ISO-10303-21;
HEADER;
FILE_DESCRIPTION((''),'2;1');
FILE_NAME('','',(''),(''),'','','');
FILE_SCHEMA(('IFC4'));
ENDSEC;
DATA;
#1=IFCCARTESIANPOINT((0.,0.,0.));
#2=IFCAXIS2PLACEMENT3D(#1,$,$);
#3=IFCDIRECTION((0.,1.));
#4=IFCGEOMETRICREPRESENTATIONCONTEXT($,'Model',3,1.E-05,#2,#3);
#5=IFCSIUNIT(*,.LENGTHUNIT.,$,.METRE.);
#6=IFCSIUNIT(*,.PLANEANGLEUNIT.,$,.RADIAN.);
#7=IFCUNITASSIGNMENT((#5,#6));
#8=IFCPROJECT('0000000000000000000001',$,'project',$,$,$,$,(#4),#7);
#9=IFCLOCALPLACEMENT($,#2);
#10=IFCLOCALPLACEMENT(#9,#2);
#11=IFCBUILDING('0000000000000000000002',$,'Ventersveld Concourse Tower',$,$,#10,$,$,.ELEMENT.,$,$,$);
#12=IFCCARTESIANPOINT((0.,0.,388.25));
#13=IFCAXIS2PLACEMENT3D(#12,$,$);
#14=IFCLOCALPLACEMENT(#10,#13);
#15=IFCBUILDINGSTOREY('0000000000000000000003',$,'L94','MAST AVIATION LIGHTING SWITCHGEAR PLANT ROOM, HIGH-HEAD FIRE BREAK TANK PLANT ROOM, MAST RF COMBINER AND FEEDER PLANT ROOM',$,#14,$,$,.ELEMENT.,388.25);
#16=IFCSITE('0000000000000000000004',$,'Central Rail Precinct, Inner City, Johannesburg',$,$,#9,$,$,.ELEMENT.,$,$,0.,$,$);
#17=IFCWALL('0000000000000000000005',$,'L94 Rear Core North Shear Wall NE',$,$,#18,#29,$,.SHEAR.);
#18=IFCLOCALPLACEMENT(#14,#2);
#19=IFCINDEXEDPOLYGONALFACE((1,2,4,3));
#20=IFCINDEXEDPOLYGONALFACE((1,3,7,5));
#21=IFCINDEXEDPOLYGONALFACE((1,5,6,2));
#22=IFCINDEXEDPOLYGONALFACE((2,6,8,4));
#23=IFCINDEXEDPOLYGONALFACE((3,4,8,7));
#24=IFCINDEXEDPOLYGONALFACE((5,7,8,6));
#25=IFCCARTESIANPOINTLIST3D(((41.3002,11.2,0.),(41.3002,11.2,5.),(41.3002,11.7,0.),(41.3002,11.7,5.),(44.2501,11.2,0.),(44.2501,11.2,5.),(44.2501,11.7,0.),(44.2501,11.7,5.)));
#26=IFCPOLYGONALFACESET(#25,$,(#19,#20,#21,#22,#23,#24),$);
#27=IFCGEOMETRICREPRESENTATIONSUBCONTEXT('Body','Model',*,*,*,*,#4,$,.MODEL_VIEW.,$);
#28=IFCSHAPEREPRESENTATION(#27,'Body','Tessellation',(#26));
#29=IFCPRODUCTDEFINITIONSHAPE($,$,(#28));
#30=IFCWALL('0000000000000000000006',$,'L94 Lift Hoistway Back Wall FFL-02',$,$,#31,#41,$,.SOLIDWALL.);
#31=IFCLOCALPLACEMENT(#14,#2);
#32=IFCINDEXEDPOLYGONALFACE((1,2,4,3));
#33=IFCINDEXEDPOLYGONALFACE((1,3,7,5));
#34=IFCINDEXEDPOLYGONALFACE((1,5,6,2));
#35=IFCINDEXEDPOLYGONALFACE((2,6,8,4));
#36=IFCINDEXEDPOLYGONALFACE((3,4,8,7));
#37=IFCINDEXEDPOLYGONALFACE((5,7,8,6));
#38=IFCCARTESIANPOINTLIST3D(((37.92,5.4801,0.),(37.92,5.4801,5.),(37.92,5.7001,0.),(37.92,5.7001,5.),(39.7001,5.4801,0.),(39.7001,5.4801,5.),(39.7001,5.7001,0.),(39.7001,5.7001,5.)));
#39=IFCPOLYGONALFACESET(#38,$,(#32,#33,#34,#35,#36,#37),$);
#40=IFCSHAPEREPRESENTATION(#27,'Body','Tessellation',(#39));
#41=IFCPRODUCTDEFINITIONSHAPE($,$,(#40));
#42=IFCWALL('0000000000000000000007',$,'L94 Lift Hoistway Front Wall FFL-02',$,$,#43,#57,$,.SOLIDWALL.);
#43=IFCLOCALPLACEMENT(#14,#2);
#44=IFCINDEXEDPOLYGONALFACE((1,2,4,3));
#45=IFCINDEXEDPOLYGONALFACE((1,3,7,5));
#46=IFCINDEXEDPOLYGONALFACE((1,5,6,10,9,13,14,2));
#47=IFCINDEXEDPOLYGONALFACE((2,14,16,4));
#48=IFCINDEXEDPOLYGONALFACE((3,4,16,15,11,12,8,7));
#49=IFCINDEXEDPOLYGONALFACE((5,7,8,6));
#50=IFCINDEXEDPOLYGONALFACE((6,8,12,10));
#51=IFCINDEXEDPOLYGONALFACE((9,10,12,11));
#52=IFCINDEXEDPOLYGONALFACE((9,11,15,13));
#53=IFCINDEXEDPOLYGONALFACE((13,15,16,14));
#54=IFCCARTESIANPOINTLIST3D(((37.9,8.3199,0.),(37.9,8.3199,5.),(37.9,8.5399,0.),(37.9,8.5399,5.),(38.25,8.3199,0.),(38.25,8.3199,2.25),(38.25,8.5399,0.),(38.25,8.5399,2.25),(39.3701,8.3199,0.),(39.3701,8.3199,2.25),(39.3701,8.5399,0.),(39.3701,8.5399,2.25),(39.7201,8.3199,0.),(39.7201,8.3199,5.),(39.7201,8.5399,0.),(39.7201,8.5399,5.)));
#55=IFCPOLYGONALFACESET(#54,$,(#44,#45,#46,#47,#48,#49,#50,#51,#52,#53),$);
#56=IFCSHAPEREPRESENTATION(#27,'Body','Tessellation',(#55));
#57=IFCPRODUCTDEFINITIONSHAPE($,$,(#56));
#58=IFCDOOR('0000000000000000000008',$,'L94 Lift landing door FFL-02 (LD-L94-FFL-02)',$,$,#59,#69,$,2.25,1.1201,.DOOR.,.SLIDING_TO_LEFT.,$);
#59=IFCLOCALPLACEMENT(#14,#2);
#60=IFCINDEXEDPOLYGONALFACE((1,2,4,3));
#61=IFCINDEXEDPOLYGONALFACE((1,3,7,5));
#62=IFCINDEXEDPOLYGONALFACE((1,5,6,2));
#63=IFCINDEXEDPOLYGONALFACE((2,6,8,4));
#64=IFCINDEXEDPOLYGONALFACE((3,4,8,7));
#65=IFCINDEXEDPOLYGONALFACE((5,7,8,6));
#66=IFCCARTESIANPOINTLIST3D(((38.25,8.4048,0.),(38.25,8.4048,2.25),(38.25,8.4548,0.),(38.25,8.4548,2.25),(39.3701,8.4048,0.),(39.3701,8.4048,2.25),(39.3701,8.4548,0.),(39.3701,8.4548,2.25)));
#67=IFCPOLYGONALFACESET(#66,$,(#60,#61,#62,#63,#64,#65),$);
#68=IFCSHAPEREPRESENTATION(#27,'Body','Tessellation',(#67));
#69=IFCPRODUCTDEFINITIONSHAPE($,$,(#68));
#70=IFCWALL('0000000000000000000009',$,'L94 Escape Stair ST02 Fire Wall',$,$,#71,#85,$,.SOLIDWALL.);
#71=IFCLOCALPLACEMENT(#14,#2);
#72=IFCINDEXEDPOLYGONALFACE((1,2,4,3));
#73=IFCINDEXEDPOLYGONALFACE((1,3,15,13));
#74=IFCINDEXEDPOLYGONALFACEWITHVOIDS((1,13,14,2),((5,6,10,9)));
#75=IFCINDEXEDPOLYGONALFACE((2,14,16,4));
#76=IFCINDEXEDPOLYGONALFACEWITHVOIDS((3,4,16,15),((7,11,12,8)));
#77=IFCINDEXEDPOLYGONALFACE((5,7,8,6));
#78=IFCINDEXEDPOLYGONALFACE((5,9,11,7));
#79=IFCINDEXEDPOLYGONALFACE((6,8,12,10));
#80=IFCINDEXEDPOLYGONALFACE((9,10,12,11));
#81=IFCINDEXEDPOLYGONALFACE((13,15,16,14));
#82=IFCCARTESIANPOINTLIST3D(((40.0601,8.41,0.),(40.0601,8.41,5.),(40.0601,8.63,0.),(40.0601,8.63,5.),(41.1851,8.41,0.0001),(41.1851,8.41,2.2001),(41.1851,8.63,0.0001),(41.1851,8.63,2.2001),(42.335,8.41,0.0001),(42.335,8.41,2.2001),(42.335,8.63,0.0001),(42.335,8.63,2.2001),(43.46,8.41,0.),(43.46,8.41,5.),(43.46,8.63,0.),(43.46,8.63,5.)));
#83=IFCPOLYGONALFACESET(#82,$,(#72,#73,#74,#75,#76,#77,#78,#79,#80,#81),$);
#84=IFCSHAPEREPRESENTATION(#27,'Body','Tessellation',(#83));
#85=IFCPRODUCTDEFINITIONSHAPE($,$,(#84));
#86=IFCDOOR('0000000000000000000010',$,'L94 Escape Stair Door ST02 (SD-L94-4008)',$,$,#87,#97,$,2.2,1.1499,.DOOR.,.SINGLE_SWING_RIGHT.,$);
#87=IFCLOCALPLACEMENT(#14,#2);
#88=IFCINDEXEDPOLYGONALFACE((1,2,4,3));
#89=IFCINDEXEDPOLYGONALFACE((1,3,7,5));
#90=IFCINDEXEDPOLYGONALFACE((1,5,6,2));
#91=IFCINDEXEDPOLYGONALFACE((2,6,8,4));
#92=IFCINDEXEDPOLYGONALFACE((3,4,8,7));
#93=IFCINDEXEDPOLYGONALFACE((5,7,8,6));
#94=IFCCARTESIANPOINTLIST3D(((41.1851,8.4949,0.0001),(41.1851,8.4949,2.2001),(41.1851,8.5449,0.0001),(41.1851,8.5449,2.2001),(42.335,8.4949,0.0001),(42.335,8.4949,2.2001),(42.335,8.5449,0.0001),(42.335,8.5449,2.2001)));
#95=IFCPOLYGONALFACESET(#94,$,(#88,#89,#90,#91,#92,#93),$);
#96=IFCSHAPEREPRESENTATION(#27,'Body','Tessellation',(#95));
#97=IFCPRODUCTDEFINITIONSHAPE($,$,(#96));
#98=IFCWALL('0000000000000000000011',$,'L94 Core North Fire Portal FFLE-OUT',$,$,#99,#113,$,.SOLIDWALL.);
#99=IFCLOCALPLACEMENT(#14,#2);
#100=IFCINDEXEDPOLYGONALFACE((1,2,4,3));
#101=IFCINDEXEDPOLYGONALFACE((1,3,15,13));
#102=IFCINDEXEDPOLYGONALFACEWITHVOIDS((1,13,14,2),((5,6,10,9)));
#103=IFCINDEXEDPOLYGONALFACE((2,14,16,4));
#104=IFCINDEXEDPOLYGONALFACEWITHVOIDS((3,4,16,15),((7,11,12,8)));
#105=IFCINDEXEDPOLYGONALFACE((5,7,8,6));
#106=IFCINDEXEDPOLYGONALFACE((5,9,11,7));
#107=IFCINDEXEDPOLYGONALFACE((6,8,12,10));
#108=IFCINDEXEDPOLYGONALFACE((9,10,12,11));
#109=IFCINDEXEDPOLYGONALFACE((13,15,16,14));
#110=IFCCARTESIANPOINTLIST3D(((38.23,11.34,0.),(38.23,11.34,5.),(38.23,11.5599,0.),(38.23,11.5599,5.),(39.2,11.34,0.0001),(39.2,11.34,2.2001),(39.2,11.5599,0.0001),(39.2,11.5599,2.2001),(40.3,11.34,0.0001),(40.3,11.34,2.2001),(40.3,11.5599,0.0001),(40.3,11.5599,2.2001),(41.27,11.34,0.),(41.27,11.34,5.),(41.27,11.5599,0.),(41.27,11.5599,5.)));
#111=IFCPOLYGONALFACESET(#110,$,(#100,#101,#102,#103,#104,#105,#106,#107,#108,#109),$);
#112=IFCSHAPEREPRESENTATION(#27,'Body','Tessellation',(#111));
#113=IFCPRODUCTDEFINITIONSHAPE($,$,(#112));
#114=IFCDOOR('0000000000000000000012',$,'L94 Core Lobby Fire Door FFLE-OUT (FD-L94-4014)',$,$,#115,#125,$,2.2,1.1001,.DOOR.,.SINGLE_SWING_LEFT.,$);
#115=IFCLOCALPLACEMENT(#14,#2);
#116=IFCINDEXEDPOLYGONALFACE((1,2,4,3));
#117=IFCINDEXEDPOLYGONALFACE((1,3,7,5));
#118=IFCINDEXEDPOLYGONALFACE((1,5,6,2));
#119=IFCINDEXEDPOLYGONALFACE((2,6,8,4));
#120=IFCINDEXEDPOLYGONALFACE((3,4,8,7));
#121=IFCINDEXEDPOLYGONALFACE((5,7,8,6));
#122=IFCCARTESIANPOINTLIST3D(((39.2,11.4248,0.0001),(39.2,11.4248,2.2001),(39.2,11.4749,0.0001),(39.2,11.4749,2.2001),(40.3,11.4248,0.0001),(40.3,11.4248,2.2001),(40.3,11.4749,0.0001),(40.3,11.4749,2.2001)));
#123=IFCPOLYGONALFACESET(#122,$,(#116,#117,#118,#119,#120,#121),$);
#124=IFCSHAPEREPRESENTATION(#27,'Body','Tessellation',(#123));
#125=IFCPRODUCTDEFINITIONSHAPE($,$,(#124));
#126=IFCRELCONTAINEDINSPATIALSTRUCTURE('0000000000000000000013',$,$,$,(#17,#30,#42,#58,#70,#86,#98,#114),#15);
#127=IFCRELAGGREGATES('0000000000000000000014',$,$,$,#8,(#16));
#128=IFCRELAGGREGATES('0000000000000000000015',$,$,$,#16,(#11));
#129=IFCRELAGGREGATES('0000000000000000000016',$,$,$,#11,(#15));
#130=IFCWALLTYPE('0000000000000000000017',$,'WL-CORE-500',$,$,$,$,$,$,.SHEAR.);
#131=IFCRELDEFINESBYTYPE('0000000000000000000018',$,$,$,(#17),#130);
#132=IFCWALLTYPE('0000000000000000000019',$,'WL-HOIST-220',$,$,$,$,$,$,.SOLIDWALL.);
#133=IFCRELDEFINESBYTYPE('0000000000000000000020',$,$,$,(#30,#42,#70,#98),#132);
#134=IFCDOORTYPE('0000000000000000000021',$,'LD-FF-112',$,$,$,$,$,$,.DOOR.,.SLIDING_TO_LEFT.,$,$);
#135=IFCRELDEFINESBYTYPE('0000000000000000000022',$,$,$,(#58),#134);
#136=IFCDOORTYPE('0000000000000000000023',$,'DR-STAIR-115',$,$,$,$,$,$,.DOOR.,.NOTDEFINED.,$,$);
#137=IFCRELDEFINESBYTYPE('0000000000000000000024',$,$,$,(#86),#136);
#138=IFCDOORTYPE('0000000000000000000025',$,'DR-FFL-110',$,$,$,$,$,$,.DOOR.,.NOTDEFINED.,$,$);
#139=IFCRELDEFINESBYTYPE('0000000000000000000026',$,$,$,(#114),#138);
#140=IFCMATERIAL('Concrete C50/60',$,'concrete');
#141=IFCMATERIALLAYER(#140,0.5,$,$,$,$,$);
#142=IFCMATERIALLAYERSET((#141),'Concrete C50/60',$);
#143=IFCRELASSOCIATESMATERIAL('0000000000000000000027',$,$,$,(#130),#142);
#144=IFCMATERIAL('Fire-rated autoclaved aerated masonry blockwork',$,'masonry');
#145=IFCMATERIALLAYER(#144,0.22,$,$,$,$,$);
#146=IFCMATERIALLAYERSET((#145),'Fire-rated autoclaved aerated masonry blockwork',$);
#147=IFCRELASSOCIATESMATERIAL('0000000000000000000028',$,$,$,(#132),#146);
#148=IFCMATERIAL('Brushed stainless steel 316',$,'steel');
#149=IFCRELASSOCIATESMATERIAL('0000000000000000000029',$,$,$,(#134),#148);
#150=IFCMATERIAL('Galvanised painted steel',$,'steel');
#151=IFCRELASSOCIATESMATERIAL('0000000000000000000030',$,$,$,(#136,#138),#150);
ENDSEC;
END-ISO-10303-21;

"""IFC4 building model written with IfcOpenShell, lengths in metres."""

from ifc_helpers import new_model, si_unit, direction, frame, frame_2d, origin, place, context, subcontext, project, spatial, rectangle, extrude, material, layer, layer_set, type_object, element, fill, save


model = new_model("IFC4")

# Units and contexts
model_context = context("Model", 3, precision=1e-05, world=origin(), true_north=direction((0.0, 1.0)))
body_context = subcontext(model_context, "Body", "Model", "MODEL_VIEW")
ifc_project = project(units=[si_unit("LENGTHUNIT", "METRE"), si_unit("PLANEANGLEUNIT", "RADIAN")], contexts=[model_context])

# Site, building, storey
site_placement = place(None, origin())
site = spatial("IfcSite", under=ifc_project, at=site_placement, Name="Central Rail Precinct, Inner City, Johannesburg", CompositionType="ELEMENT", RefElevation=0.0)
building_placement = place(site_placement, origin())
building = spatial("IfcBuilding", under=site, at=building_placement, Name="Ventersveld Concourse Tower", CompositionType="ELEMENT")
storey_placement = place(building_placement, frame((0.0, 0.0, 388.25)))
storey = spatial("IfcBuildingStorey", under=building, at=storey_placement, Name="L94", Description="MAST AVIATION LIGHTING SWITCHGEAR PLANT ROOM, HIGH-HEAD FIRE BREAK TANK PLANT ROOM, MAST RF COMBINER AND FEEDER PLANT ROOM", CompositionType="ELEMENT", Elevation=388.25)

# Shared definitions
ifc_material_1 = material(Name="Concrete C50/60", Category="concrete")

# Walls
ifc_layer_1 = layer(ifc_material_1, 0.5)
ifc_layer_set_1 = layer_set([ifc_layer_1], Name="Concrete C50/60")
wall_type_1 = type_object("IfcWallType", Name="WL-CORE-500", PredefinedType="SHEAR", material=ifc_layer_set_1)
wall_1_placement = place(storey_placement, frame((41.3, 11.45, 0.0), z_axis=(0.0, 0.0, 1.0), x_axis=(1.0, 0.0, 0.0)))
element("IfcWall", 1, at=wall_1_placement, inside=storey, type_object=wall_type_1, Name="L94 Rear Core North Shear Wall NE", PredefinedType="SHEAR", context=body_context, shape_type="SweptSolid", body=[
    extrude(rectangle(XDim=2.95, YDim=0.5, at=frame_2d((1.4751, 0.0))), origin(), (0.0, 0.0, 1.0), 5.0),
])
ifc_material_2 = material(Name="Fire-rated autoclaved aerated masonry blockwork", Category="masonry")
ifc_layer_2 = layer(ifc_material_2, 0.22)
ifc_layer_set_2 = layer_set([ifc_layer_2], Name="Fire-rated autoclaved aerated masonry blockwork")
wall_type_2 = type_object("IfcWallType", Name="WL-HOIST-220", PredefinedType="SOLIDWALL", material=ifc_layer_set_2)
wall_2_placement = place(storey_placement, frame((37.9199, 5.5901, 0.0), z_axis=(0.0, 0.0, 1.0), x_axis=(1.0, 0.0, 0.0)))
element("IfcWall", 2, at=wall_2_placement, inside=storey, type_object=wall_type_2, Name="L94 Lift Hoistway Back Wall FFL-02", PredefinedType="SOLIDWALL", context=body_context, shape_type="SweptSolid", body=[
    extrude(rectangle(XDim=1.78, YDim=0.22, at=frame_2d((0.8901, 0.0))), origin(), (0.0, 0.0, 1.0), 5.0),
])

# Walls, openings, doors
wall_3_placement = place(storey_placement, frame((37.8999, 8.4299, 0.0), z_axis=(0.0, 0.0, 1.0), x_axis=(1.0, 0.0, 0.0)))
wall_3 = element("IfcWall", 3, at=wall_3_placement, inside=storey, type_object=wall_type_2, Name="L94 Lift Hoistway Front Wall FFL-02", PredefinedType="SOLIDWALL", context=body_context, shape_type="SweptSolid", body=[
    extrude(rectangle(XDim=1.8201, YDim=0.22, at=frame_2d((0.9102, 0.0))), origin(), (0.0, 0.0, 1.0), 5.0),
])
opening_1_placement = place(wall_3_placement, frame((0.3501, 0.0, 0.0)))
opening_1 = element("IfcOpeningElement", 4, at=opening_1_placement, cuts=wall_3, PredefinedType="OPENING", context=body_context, shape_type="SweptSolid", body=[
    extrude(rectangle(XDim=1.1201, YDim=2.25, at=frame_2d((0.5601, 1.125))), frame((0.0, 0.1201, 0.0), z_axis=(0.0, -1.0, 0.0), x_axis=(1.0, 0.0, 0.0)), (0.0, 0.0, 1.0), 0.24),
])
ifc_material_3 = material(Name="Brushed stainless steel 316", Category="steel")
door_type_1 = type_object("IfcDoorType", Name="LD-FF-112", OperationType="SLIDING_TO_LEFT", PredefinedType="DOOR", material=ifc_material_3)
door_1_placement = place(opening_1_placement, origin())
door_1 = element("IfcDoor", 5, at=door_1_placement, inside=storey, type_object=door_type_1, Name="L94 Lift landing door FFL-02 (LD-L94-FFL-02)", OperationType="SLIDING_TO_LEFT", OverallHeight=2.25, OverallWidth=1.1201, PredefinedType="DOOR", context=body_context, shape_type="SweptSolid", body=[
    extrude(rectangle(XDim=1.1201, YDim=2.25, at=frame_2d((0.5601, 1.125))), frame((0.0, 0.0249, 0.0), z_axis=(0.0, -1.0, 0.0), x_axis=(1.0, 0.0, 0.0)), (0.0, 0.0, 1.0), 0.05),
])
fill(opening_1, door_1)
wall_4_placement = place(storey_placement, frame((40.0601, 8.52, 0.0), z_axis=(0.0, 0.0, 1.0), x_axis=(1.0, 0.0, 0.0)))
wall_4 = element("IfcWall", 6, at=wall_4_placement, inside=storey, type_object=wall_type_2, Name="L94 Escape Stair ST02 Fire Wall", PredefinedType="SOLIDWALL", context=body_context, shape_type="SweptSolid", body=[
    extrude(rectangle(XDim=3.3999, YDim=0.22, at=frame_2d((1.7, 0.0))), origin(), (0.0, 0.0, 1.0), 5.0),
])
opening_2_placement = place(wall_4_placement, frame((1.125, 0.0, 0.0)))
opening_2 = element("IfcOpeningElement", 7, at=opening_2_placement, cuts=wall_4, PredefinedType="OPENING", context=body_context, shape_type="SweptSolid", body=[
    extrude(rectangle(XDim=1.1499, YDim=2.2, at=frame_2d((0.575, 1.1001))), frame((0.0, 0.1201, 0.0), z_axis=(0.0, -1.0, 0.0), x_axis=(1.0, 0.0, 0.0)), (0.0, 0.0, 1.0), 0.24),
])
ifc_material_4 = material(Name="Galvanised painted steel", Category="steel")
door_type_2 = type_object("IfcDoorType", Name="DR-STAIR-115", OperationType="NOTDEFINED", PredefinedType="DOOR", material=ifc_material_4)
door_2_placement = place(opening_2_placement, origin())
door_2 = element("IfcDoor", 8, at=door_2_placement, inside=storey, type_object=door_type_2, Name="L94 Escape Stair Door ST02 (SD-L94-4008)", OperationType="SINGLE_SWING_RIGHT", OverallHeight=2.2, OverallWidth=1.1499, PredefinedType="DOOR", context=body_context, shape_type="SweptSolid", body=[
    extrude(rectangle(XDim=1.1499, YDim=2.2, at=frame_2d((0.575, 1.1001))), frame((0.0, 0.0249, 0.0), z_axis=(0.0, -1.0, 0.0), x_axis=(1.0, 0.0, 0.0)), (0.0, 0.0, 1.0), 0.05),
])
fill(opening_2, door_2)
wall_5_placement = place(storey_placement, frame((38.23, 11.45, 0.0), z_axis=(0.0, 0.0, 1.0), x_axis=(1.0, 0.0, 0.0)))
wall_5 = element("IfcWall", 9, at=wall_5_placement, inside=storey, type_object=wall_type_2, Name="L94 Core North Fire Portal FFLE-OUT", PredefinedType="SOLIDWALL", context=body_context, shape_type="SweptSolid", body=[
    extrude(rectangle(XDim=3.04, YDim=0.22, at=frame_2d((1.52, 0.0))), origin(), (0.0, 0.0, 1.0), 5.0),
])
opening_3_placement = place(wall_5_placement, frame((0.97, 0.0, 0.0)))
opening_3 = element("IfcOpeningElement", 10, at=opening_3_placement, cuts=wall_5, PredefinedType="OPENING", context=body_context, shape_type="SweptSolid", body=[
    extrude(rectangle(XDim=1.1001, YDim=2.2, at=frame_2d((0.55, 1.1001))), frame((0.0, 0.1201, 0.0), z_axis=(0.0, -1.0, 0.0), x_axis=(1.0, 0.0, 0.0)), (0.0, 0.0, 1.0), 0.24),
])
door_type_3 = type_object("IfcDoorType", Name="DR-FFL-110", OperationType="NOTDEFINED", PredefinedType="DOOR", material=ifc_material_4)
door_3_placement = place(opening_3_placement, origin())
door_3 = element("IfcDoor", 11, at=door_3_placement, inside=storey, type_object=door_type_3, Name="L94 Core Lobby Fire Door FFLE-OUT (FD-L94-4014)", OperationType="SINGLE_SWING_LEFT", OverallHeight=2.2, OverallWidth=1.1001, PredefinedType="DOOR", context=body_context, shape_type="SweptSolid", body=[
    extrude(rectangle(XDim=1.1001, YDim=2.2, at=frame_2d((0.55, 1.1001))), frame((0.0, 0.0249, 0.0), z_axis=(0.0, -1.0, 0.0), x_axis=(1.0, 0.0, 0.0)), (0.0, 0.0, 1.0), 0.05),
])
fill(opening_3, door_3)

save(model, "model.ifc")
